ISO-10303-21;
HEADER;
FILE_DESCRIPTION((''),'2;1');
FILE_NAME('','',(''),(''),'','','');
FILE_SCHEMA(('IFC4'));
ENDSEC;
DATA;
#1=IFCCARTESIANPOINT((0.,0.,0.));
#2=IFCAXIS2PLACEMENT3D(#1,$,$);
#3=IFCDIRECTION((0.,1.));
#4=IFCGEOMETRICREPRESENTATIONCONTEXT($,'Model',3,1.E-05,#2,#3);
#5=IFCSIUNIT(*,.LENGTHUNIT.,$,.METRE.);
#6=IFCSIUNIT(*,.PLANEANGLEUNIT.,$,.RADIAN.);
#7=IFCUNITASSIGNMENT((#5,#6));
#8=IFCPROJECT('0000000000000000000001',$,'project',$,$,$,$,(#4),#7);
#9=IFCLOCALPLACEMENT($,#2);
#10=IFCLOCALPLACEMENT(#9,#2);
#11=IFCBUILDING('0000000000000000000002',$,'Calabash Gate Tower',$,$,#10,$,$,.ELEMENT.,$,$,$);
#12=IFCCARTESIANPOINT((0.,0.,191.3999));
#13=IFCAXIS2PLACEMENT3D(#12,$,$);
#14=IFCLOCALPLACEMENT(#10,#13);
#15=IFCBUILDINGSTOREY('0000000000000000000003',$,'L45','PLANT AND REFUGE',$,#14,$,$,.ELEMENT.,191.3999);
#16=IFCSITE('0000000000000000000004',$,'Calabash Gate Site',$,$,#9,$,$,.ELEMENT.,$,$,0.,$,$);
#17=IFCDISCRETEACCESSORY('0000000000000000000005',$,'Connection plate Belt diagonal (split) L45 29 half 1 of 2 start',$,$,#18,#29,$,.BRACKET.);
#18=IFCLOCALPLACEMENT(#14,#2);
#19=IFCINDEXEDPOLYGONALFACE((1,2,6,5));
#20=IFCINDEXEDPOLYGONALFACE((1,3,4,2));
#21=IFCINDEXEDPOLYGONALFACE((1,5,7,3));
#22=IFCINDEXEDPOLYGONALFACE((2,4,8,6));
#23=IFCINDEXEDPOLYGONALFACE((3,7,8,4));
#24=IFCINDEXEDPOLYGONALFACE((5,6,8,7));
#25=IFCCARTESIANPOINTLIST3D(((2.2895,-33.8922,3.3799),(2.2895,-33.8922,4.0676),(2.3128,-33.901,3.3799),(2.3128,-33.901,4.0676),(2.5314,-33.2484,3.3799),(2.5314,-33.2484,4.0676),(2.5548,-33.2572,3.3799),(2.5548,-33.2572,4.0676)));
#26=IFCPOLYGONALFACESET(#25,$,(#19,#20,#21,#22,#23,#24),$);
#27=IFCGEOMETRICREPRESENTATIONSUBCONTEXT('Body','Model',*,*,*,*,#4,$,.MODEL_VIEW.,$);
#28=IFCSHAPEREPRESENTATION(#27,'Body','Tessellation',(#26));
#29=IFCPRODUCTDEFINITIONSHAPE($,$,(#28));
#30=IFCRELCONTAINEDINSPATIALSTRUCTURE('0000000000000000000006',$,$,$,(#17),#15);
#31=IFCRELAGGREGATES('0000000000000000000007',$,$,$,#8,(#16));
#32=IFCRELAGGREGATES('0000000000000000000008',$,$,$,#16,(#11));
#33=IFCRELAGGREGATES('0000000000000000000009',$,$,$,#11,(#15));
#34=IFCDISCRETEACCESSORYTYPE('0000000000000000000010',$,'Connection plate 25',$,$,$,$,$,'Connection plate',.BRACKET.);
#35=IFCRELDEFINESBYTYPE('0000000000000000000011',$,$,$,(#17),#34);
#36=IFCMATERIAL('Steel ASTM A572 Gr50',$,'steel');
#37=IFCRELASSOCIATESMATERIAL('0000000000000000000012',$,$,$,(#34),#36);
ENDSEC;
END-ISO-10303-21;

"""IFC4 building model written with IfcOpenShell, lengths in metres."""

from ifc_helpers import new_model, si_unit, direction, frame, origin, origin_2d, place, context, subcontext, project, spatial, rectangle, extrude, material, type_object, element, save


model = new_model("IFC4")

# Units and contexts
model_context = context("Model", 3, precision=1e-05, world=origin(), true_north=direction((0.0, 1.0)))
body_context = subcontext(model_context, "Body", "Model", "MODEL_VIEW")
ifc_project = project(units=[si_unit("LENGTHUNIT", "METRE"), si_unit("PLANEANGLEUNIT", "RADIAN")], contexts=[model_context])

# Site, building, storey
site_placement = place(None, origin())
site = spatial("IfcSite", under=ifc_project, at=site_placement, Name="Calabash Gate Site", CompositionType="ELEMENT", RefElevation=0.0)
building_placement = place(site_placement, origin())
building = spatial("IfcBuilding", under=site, at=building_placement, Name="Calabash Gate Tower", CompositionType="ELEMENT")
storey_placement = place(building_placement, frame((0.0, 0.0, 191.3999)))
storey = spatial("IfcBuildingStorey", under=building, at=storey_placement, Name="L45", Description="PLANT AND REFUGE", CompositionType="ELEMENT", Elevation=191.3999)

# Discrete accessory
ifc_material_1 = material(Name="Steel ASTM A572 Gr50", Category="steel")
discrete_accessory_type = type_object("IfcDiscreteAccessoryType", Name="Connection plate 25", ElementType="Connection plate", PredefinedType="BRACKET", material=ifc_material_1)
for number, where, z_axis, x_axis, name in (
    (1, (2.4221, -33.5747, 3.3799), (0.0, 0.0, 1.0), (0.351823, 0.936067, 0.0), "Connection plate Belt diagonal (split) L45 29 half 1 of 2 start"),
):
    element("IfcDiscreteAccessory", number, at=place(storey_placement, frame(where, z_axis=z_axis, x_axis=x_axis)), inside=storey, type_object=discrete_accessory_type, Name=name, PredefinedType="BRACKET", context=body_context, shape_type="SweptSolid", body=[
        extrude(rectangle(XDim=0.6877, YDim=0.0249, at=origin_2d()), origin(), (0.0, 0.0, 1.0), 0.6877),
    ])

save(model, "model.ifc")
